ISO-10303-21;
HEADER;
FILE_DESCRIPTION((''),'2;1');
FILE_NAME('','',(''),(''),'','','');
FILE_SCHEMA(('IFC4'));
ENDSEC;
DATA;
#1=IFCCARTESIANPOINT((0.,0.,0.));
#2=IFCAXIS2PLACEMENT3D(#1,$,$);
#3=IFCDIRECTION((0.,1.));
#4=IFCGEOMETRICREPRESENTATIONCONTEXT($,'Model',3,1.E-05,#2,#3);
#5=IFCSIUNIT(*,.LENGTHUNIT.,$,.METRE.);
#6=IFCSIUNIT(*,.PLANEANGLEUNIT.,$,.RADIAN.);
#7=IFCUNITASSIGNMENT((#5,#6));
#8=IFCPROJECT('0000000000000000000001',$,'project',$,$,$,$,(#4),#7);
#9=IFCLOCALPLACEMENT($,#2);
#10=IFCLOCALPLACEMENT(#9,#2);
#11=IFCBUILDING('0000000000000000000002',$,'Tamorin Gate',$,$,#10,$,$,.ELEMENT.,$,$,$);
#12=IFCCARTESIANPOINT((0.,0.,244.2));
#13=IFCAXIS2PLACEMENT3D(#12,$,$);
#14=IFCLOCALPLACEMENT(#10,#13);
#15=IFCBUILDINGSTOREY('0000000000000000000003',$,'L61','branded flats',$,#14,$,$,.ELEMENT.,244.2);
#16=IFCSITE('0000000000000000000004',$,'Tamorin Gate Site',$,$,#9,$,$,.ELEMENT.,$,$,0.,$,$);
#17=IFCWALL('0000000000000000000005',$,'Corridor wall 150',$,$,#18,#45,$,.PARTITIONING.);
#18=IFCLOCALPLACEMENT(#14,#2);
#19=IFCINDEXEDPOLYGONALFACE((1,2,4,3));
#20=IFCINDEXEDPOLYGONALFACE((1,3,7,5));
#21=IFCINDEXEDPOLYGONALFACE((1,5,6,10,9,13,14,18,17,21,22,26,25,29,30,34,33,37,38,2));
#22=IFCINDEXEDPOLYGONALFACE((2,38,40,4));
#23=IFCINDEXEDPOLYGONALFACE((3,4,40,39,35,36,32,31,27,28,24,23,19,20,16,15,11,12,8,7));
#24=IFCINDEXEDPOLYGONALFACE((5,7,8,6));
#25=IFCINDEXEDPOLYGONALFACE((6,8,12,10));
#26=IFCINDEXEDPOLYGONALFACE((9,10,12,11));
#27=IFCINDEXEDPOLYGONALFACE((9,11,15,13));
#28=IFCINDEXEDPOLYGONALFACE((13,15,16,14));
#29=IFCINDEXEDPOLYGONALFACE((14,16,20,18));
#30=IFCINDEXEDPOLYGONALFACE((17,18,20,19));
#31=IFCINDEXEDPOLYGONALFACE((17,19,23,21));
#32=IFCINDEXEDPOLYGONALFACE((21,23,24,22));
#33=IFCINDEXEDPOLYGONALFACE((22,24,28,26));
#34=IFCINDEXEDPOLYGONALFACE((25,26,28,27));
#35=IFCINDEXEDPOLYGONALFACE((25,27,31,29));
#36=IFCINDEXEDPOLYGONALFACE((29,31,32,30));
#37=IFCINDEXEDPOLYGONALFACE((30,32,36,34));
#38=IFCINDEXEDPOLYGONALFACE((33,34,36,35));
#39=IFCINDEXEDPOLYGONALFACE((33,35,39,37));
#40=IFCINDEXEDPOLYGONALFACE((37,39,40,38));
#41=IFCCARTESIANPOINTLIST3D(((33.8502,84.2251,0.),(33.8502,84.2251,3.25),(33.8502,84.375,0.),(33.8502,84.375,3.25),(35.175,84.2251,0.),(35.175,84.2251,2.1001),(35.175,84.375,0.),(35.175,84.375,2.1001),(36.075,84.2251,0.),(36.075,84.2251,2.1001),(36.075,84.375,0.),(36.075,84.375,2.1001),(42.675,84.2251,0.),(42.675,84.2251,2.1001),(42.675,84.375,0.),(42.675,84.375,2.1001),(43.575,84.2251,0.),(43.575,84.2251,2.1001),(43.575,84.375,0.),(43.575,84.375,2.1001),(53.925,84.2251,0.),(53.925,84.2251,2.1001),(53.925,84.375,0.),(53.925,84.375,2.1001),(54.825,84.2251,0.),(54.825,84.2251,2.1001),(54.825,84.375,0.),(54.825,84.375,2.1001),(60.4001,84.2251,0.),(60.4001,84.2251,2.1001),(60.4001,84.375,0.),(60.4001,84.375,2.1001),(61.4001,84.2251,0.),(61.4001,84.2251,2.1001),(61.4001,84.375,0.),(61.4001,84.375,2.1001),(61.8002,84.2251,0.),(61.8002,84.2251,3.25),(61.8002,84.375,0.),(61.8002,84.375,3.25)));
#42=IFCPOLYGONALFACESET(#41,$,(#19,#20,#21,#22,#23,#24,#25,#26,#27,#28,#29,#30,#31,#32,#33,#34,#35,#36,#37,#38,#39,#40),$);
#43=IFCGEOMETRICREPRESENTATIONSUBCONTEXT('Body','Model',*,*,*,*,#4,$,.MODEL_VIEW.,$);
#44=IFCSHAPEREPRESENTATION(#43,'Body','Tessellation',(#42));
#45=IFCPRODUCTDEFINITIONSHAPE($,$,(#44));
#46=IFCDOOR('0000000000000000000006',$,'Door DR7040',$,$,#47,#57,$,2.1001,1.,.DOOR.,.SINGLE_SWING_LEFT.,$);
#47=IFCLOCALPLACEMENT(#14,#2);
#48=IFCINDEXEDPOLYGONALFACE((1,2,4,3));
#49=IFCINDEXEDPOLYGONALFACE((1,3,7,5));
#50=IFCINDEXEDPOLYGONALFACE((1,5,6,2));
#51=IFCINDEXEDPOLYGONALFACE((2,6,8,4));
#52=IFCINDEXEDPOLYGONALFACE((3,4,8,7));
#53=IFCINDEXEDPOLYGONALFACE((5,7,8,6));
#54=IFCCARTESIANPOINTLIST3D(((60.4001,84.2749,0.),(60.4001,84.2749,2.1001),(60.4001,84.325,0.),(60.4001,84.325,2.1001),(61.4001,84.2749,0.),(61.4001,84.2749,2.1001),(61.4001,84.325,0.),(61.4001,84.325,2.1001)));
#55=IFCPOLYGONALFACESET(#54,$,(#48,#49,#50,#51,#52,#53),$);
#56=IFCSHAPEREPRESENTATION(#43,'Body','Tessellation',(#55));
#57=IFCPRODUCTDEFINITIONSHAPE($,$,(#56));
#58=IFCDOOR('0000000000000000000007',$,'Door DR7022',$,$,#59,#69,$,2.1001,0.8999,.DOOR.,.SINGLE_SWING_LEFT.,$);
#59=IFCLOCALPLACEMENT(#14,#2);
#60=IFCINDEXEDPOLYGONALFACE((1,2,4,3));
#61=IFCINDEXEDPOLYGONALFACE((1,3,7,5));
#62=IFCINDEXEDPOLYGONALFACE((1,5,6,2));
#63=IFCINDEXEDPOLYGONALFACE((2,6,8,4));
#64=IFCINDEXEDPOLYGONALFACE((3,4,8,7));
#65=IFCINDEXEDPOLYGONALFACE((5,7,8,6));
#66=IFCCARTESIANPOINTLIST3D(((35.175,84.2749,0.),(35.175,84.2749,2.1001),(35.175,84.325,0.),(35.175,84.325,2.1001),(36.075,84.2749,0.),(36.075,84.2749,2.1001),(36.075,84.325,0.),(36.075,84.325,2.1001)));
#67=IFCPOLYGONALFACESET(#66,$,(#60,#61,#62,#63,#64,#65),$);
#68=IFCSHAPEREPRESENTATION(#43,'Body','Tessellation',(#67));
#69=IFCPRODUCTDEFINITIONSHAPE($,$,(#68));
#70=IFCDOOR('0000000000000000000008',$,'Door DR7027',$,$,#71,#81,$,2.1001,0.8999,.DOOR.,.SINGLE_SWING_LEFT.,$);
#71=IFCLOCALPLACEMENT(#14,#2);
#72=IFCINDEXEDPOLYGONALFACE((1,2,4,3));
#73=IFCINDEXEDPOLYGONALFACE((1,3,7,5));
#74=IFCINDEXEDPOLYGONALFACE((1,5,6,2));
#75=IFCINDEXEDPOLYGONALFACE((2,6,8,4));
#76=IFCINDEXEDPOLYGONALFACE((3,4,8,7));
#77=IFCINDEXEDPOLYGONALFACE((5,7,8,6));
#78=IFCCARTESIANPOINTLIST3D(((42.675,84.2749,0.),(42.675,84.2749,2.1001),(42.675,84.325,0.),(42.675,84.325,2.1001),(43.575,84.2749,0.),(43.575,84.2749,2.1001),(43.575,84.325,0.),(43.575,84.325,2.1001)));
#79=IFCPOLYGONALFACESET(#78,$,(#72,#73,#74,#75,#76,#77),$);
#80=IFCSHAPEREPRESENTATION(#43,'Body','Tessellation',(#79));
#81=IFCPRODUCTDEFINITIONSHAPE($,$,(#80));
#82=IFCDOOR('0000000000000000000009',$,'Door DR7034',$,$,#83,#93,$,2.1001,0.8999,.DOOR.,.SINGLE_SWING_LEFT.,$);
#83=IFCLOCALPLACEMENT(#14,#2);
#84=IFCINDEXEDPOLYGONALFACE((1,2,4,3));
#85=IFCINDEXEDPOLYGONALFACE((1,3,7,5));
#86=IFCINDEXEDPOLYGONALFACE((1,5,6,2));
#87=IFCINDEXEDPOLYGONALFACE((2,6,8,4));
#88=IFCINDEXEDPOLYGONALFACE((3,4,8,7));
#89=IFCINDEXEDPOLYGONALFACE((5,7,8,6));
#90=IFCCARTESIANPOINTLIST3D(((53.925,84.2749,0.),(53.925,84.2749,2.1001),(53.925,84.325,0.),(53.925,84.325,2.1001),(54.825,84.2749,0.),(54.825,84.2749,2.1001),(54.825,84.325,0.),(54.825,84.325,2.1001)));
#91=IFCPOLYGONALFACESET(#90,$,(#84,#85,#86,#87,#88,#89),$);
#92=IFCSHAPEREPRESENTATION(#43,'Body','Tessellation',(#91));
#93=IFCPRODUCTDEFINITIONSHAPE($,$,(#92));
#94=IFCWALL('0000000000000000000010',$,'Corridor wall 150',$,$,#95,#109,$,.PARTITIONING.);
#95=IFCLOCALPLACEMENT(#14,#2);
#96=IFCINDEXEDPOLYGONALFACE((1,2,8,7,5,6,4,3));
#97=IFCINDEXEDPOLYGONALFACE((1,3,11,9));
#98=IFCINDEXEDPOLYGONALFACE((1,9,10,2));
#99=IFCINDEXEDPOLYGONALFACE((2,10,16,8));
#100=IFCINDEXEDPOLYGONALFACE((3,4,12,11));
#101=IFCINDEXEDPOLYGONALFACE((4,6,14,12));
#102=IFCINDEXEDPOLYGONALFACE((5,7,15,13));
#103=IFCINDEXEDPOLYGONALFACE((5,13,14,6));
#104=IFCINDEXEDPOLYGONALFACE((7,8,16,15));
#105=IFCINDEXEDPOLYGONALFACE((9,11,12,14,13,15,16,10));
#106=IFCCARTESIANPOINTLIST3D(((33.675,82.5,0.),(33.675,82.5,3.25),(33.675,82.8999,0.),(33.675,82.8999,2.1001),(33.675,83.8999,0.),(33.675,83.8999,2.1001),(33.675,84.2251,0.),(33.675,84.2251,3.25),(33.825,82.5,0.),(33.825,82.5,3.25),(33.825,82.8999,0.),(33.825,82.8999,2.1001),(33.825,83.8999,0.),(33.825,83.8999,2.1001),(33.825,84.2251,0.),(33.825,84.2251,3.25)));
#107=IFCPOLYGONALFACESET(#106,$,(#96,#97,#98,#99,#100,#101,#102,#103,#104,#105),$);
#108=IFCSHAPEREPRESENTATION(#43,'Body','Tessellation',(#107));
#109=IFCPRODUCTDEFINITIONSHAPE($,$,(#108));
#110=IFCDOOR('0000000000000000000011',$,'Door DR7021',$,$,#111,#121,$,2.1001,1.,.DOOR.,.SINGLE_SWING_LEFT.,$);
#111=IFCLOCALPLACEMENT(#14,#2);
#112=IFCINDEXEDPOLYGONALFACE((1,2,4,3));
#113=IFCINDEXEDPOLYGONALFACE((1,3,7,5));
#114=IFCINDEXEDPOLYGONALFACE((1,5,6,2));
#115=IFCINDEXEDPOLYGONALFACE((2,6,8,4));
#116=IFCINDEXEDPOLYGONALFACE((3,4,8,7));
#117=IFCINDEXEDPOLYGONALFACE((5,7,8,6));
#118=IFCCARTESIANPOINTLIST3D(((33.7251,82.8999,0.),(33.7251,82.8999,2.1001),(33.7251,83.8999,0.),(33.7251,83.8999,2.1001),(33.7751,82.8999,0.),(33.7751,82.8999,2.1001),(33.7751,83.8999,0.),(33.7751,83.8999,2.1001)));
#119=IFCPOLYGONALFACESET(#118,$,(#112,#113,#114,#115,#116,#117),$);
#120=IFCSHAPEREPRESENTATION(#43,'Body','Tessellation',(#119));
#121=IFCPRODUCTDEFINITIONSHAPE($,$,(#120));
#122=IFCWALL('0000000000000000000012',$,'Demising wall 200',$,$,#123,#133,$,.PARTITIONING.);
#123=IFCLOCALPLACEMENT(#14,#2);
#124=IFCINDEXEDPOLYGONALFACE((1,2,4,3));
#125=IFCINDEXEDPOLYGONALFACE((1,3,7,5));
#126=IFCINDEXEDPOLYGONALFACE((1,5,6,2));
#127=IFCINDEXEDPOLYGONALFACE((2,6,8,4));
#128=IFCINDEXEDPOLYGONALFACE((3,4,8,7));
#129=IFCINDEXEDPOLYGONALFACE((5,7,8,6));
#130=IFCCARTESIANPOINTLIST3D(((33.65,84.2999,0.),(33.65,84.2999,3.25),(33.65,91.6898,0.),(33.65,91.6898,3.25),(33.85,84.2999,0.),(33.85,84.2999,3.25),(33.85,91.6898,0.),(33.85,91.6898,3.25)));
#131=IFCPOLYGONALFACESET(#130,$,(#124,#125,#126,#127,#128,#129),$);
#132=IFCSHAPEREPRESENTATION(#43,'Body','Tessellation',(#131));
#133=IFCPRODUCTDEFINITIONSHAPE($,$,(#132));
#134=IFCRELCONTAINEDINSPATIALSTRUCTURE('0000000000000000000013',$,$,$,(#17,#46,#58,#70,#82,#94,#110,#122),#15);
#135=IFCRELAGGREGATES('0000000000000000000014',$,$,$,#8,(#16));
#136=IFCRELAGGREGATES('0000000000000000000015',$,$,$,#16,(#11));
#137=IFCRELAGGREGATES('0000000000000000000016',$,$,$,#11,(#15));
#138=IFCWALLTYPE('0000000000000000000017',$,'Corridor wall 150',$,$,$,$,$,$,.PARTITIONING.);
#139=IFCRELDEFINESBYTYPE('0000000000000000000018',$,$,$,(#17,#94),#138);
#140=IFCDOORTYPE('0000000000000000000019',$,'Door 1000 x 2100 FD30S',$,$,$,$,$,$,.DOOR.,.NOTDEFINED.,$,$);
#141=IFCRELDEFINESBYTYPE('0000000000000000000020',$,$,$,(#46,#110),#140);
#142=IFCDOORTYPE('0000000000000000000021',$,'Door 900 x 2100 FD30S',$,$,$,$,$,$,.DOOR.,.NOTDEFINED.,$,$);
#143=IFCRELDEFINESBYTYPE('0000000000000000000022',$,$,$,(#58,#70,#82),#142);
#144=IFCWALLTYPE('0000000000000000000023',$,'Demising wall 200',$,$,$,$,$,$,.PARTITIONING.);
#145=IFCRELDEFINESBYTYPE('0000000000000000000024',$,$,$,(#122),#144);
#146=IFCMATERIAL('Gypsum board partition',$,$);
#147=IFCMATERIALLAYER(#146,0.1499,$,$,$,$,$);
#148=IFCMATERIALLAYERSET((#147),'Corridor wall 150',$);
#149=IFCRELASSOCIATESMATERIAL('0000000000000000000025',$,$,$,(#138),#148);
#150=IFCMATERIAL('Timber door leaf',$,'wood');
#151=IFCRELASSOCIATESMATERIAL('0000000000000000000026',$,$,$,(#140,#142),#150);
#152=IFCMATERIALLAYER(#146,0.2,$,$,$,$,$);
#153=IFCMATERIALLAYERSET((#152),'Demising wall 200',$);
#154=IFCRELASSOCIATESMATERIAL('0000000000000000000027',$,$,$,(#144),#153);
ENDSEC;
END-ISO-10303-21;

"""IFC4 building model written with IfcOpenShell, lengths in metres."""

from ifc_helpers import new_model, si_unit, direction, frame, frame_2d, origin, place, context, subcontext, project, spatial, rectangle, extrude, material, layer, layer_set, type_object, element, fill, save


model = new_model("IFC4")

# Units and contexts
model_context = context("Model", 3, precision=1e-05, world=origin(), true_north=direction((0.0, 1.0)))
body_context = subcontext(model_context, "Body", "Model", "MODEL_VIEW")
ifc_project = project(units=[si_unit("LENGTHUNIT", "METRE"), si_unit("PLANEANGLEUNIT", "RADIAN")], contexts=[model_context])

# Site, building, storey
site_placement = place(None, origin())
site = spatial("IfcSite", under=ifc_project, at=site_placement, Name="Tamorin Gate Site", CompositionType="ELEMENT", RefElevation=0.0)
building_placement = place(site_placement, origin())
building = spatial("IfcBuilding", under=site, at=building_placement, Name="Tamorin Gate", CompositionType="ELEMENT")
storey_placement = place(building_placement, frame((0.0, 0.0, 244.2)))
storey = spatial("IfcBuildingStorey", under=building, at=storey_placement, Name="L61", Description="branded flats", CompositionType="ELEMENT", Elevation=244.2)

# Wall, openings, doors
ifc_material_1 = material(Name="Gypsum board partition")
ifc_layer_1 = layer(ifc_material_1, 0.1499)
ifc_layer_set_1 = layer_set([ifc_layer_1], Name="Corridor wall 150")
wall_type_1 = type_object("IfcWallType", Name="Corridor wall 150", PredefinedType="PARTITIONING", material=ifc_layer_set_1)
wall_1_placement = place(storey_placement, frame((33.8501, 84.3, 0.0), z_axis=(0.0, 0.0, 1.0), x_axis=(1.0, 0.0, 0.0)))
wall_1 = element("IfcWall", 1, at=wall_1_placement, inside=storey, type_object=wall_type_1, Name="Corridor wall 150", PredefinedType="PARTITIONING", context=body_context, shape_type="SweptSolid", body=[
    extrude(rectangle(XDim=27.95, YDim=0.1499, at=frame_2d((13.9751, 0.0))), origin(), (0.0, 0.0, 1.0), 3.25),
])
opening_1_placement = place(wall_1_placement, frame((1.325, 0.0, 0.0)))
opening_1 = element("IfcOpeningElement", 2, at=opening_1_placement, cuts=wall_1, PredefinedType="OPENING", context=body_context, shape_type="SweptSolid", body=[
    extrude(rectangle(XDim=0.8999, YDim=2.1001, at=frame_2d((0.45, 1.05))), frame((0.0, 0.085, 0.0), z_axis=(0.0, -1.0, 0.0), x_axis=(1.0, 0.0, 0.0)), (0.0, 0.0, 1.0), 0.1699),
])
opening_2_placement = place(wall_1_placement, frame((8.825, 0.0, 0.0)))
opening_2 = element("IfcOpeningElement", 3, at=opening_2_placement, cuts=wall_1, PredefinedType="OPENING", context=body_context, shape_type="SweptSolid", body=[
    extrude(rectangle(XDim=0.8999, YDim=2.1001, at=frame_2d((0.45, 1.05))), frame((0.0, 0.085, 0.0), z_axis=(0.0, -1.0, 0.0), x_axis=(1.0, 0.0, 0.0)), (0.0, 0.0, 1.0), 0.1699),
])
opening_3_placement = place(wall_1_placement, frame((20.075, 0.0, 0.0)))
opening_3 = element("IfcOpeningElement", 4, at=opening_3_placement, cuts=wall_1, PredefinedType="OPENING", context=body_context, shape_type="SweptSolid", body=[
    extrude(rectangle(XDim=0.8999, YDim=2.1001, at=frame_2d((0.45, 1.05))), frame((0.0, 0.085, 0.0), z_axis=(0.0, -1.0, 0.0), x_axis=(1.0, 0.0, 0.0)), (0.0, 0.0, 1.0), 0.1699),
])
opening_4_placement = place(wall_1_placement, frame((26.55, 0.0, 0.0)))
opening_4 = element("IfcOpeningElement", 5, at=opening_4_placement, cuts=wall_1, PredefinedType="OPENING", context=body_context, shape_type="SweptSolid", body=[
    extrude(rectangle(XDim=1.0, YDim=2.1001, at=frame_2d((0.5, 1.05))), frame((0.0, 0.085, 0.0), z_axis=(0.0, -1.0, 0.0), x_axis=(1.0, 0.0, 0.0)), (0.0, 0.0, 1.0), 0.1699),
])
ifc_material_2 = material(Name="Timber door leaf", Category="wood")
door_type_1 = type_object("IfcDoorType", Name="Door 1000 x 2100 FD30S", OperationType="NOTDEFINED", PredefinedType="DOOR", material=ifc_material_2)
door_1_placement = place(opening_4_placement, origin())
door_1 = element("IfcDoor", 6, at=door_1_placement, inside=storey, type_object=door_type_1, Name="Door DR7040", OperationType="SINGLE_SWING_LEFT", OverallHeight=2.1001, OverallWidth=1.0, PredefinedType="DOOR", context=body_context, shape_type="SweptSolid", body=[
    extrude(rectangle(XDim=1.0, YDim=2.1001, at=frame_2d((0.5, 1.05))), frame((0.0, 0.0249, 0.0), z_axis=(0.0, -1.0, 0.0), x_axis=(1.0, 0.0, 0.0)), (0.0, 0.0, 1.0), 0.05),
])
fill(opening_4, door_1)
door_type_2 = type_object("IfcDoorType", Name="Door 900 x 2100 FD30S", OperationType="NOTDEFINED", PredefinedType="DOOR", material=ifc_material_2)
door_2_placement = place(opening_1_placement, origin())
door_2 = element("IfcDoor", 7, at=door_2_placement, inside=storey, type_object=door_type_2, Name="Door DR7022", OperationType="SINGLE_SWING_LEFT", OverallHeight=2.1001, OverallWidth=0.8999, PredefinedType="DOOR", context=body_context, shape_type="SweptSolid", body=[
    extrude(rectangle(XDim=0.8999, YDim=2.1001, at=frame_2d((0.45, 1.05))), frame((0.0, 0.0249, 0.0), z_axis=(0.0, -1.0, 0.0), x_axis=(1.0, 0.0, 0.0)), (0.0, 0.0, 1.0), 0.05),
])
fill(opening_1, door_2)
door_3_placement = place(opening_2_placement, origin())
door_3 = element("IfcDoor", 8, at=door_3_placement, inside=storey, type_object=door_type_2, Name="Door DR7027", OperationType="SINGLE_SWING_LEFT", OverallHeight=2.1001, OverallWidth=0.8999, PredefinedType="DOOR", context=body_context, shape_type="SweptSolid", body=[
    extrude(rectangle(XDim=0.8999, YDim=2.1001, at=frame_2d((0.45, 1.05))), frame((0.0, 0.0249, 0.0), z_axis=(0.0, -1.0, 0.0), x_axis=(1.0, 0.0, 0.0)), (0.0, 0.0, 1.0), 0.05),
])
fill(opening_2, door_3)
door_4_placement = place(opening_3_placement, origin())
door_4 = element("IfcDoor", 9, at=door_4_placement, inside=storey, type_object=door_type_2, Name="Door DR7034", OperationType="SINGLE_SWING_LEFT", OverallHeight=2.1001, OverallWidth=0.8999, PredefinedType="DOOR", context=body_context, shape_type="SweptSolid", body=[
    extrude(rectangle(XDim=0.8999, YDim=2.1001, at=frame_2d((0.45, 1.05))), frame((0.0, 0.0249, 0.0), z_axis=(0.0, -1.0, 0.0), x_axis=(1.0, 0.0, 0.0)), (0.0, 0.0, 1.0), 0.05),
])
fill(opening_3, door_4)

# Wall, opening, door
wall_2_placement = place(storey_placement, frame((33.75, 82.5, 0.0), z_axis=(0.0, 0.0, 1.0), x_axis=(0.0, 1.0, 0.0)))
wall_2 = element("IfcWall", 10, at=wall_2_placement, inside=storey, type_object=wall_type_1, Name="Corridor wall 150", PredefinedType="PARTITIONING", context=body_context, shape_type="SweptSolid", body=[
    extrude(rectangle(XDim=1.7251, YDim=0.1499, at=frame_2d((0.8625, 0.0))), origin(), (0.0, 0.0, 1.0), 3.25),
])
opening_5_placement = place(wall_2_placement, frame((0.3999, 0.0, 0.0)))
opening_5 = element("IfcOpeningElement", 11, at=opening_5_placement, cuts=wall_2, PredefinedType="OPENING", context=body_context, shape_type="SweptSolid", body=[
    extrude(rectangle(XDim=1.0, YDim=2.1001, at=frame_2d((0.5, 1.05))), frame((0.0, 0.085, 0.0), z_axis=(0.0, -1.0, 0.0), x_axis=(1.0, 0.0, 0.0)), (0.0, 0.0, 1.0), 0.1699),
])
door_5_placement = place(opening_5_placement, origin())
door_5 = element("IfcDoor", 12, at=door_5_placement, inside=storey, type_object=door_type_1, Name="Door DR7021", OperationType="SINGLE_SWING_LEFT", OverallHeight=2.1001, OverallWidth=1.0, PredefinedType="DOOR", context=body_context, shape_type="SweptSolid", body=[
    extrude(rectangle(XDim=1.0, YDim=2.1001, at=frame_2d((0.5, 1.05))), frame((0.0, 0.0249, 0.0), z_axis=(0.0, -1.0, 0.0), x_axis=(1.0, 0.0, 0.0)), (0.0, 0.0, 1.0), 0.05),
])
fill(opening_5, door_5)

# Wall
ifc_layer_2 = layer(ifc_material_1, 0.2)
ifc_layer_set_2 = layer_set([ifc_layer_2], Name="Demising wall 200")
wall_type_2 = type_object("IfcWallType", Name="Demising wall 200", PredefinedType="PARTITIONING", material=ifc_layer_set_2)
wall_3_placement = place(storey_placement, frame((33.75, 84.3, 0.0), z_axis=(0.0, 0.0, 1.0), x_axis=(0.0, 1.0, 0.0)))
element("IfcWall", 13, at=wall_3_placement, inside=storey, type_object=wall_type_2, Name="Demising wall 200", PredefinedType="PARTITIONING", context=body_context, shape_type="SweptSolid", body=[
    extrude(rectangle(XDim=7.3899, YDim=0.2, at=frame_2d((3.6948, 0.0))), origin(), (0.0, 0.0, 1.0), 3.25),
])

save(model, "model.ifc")
